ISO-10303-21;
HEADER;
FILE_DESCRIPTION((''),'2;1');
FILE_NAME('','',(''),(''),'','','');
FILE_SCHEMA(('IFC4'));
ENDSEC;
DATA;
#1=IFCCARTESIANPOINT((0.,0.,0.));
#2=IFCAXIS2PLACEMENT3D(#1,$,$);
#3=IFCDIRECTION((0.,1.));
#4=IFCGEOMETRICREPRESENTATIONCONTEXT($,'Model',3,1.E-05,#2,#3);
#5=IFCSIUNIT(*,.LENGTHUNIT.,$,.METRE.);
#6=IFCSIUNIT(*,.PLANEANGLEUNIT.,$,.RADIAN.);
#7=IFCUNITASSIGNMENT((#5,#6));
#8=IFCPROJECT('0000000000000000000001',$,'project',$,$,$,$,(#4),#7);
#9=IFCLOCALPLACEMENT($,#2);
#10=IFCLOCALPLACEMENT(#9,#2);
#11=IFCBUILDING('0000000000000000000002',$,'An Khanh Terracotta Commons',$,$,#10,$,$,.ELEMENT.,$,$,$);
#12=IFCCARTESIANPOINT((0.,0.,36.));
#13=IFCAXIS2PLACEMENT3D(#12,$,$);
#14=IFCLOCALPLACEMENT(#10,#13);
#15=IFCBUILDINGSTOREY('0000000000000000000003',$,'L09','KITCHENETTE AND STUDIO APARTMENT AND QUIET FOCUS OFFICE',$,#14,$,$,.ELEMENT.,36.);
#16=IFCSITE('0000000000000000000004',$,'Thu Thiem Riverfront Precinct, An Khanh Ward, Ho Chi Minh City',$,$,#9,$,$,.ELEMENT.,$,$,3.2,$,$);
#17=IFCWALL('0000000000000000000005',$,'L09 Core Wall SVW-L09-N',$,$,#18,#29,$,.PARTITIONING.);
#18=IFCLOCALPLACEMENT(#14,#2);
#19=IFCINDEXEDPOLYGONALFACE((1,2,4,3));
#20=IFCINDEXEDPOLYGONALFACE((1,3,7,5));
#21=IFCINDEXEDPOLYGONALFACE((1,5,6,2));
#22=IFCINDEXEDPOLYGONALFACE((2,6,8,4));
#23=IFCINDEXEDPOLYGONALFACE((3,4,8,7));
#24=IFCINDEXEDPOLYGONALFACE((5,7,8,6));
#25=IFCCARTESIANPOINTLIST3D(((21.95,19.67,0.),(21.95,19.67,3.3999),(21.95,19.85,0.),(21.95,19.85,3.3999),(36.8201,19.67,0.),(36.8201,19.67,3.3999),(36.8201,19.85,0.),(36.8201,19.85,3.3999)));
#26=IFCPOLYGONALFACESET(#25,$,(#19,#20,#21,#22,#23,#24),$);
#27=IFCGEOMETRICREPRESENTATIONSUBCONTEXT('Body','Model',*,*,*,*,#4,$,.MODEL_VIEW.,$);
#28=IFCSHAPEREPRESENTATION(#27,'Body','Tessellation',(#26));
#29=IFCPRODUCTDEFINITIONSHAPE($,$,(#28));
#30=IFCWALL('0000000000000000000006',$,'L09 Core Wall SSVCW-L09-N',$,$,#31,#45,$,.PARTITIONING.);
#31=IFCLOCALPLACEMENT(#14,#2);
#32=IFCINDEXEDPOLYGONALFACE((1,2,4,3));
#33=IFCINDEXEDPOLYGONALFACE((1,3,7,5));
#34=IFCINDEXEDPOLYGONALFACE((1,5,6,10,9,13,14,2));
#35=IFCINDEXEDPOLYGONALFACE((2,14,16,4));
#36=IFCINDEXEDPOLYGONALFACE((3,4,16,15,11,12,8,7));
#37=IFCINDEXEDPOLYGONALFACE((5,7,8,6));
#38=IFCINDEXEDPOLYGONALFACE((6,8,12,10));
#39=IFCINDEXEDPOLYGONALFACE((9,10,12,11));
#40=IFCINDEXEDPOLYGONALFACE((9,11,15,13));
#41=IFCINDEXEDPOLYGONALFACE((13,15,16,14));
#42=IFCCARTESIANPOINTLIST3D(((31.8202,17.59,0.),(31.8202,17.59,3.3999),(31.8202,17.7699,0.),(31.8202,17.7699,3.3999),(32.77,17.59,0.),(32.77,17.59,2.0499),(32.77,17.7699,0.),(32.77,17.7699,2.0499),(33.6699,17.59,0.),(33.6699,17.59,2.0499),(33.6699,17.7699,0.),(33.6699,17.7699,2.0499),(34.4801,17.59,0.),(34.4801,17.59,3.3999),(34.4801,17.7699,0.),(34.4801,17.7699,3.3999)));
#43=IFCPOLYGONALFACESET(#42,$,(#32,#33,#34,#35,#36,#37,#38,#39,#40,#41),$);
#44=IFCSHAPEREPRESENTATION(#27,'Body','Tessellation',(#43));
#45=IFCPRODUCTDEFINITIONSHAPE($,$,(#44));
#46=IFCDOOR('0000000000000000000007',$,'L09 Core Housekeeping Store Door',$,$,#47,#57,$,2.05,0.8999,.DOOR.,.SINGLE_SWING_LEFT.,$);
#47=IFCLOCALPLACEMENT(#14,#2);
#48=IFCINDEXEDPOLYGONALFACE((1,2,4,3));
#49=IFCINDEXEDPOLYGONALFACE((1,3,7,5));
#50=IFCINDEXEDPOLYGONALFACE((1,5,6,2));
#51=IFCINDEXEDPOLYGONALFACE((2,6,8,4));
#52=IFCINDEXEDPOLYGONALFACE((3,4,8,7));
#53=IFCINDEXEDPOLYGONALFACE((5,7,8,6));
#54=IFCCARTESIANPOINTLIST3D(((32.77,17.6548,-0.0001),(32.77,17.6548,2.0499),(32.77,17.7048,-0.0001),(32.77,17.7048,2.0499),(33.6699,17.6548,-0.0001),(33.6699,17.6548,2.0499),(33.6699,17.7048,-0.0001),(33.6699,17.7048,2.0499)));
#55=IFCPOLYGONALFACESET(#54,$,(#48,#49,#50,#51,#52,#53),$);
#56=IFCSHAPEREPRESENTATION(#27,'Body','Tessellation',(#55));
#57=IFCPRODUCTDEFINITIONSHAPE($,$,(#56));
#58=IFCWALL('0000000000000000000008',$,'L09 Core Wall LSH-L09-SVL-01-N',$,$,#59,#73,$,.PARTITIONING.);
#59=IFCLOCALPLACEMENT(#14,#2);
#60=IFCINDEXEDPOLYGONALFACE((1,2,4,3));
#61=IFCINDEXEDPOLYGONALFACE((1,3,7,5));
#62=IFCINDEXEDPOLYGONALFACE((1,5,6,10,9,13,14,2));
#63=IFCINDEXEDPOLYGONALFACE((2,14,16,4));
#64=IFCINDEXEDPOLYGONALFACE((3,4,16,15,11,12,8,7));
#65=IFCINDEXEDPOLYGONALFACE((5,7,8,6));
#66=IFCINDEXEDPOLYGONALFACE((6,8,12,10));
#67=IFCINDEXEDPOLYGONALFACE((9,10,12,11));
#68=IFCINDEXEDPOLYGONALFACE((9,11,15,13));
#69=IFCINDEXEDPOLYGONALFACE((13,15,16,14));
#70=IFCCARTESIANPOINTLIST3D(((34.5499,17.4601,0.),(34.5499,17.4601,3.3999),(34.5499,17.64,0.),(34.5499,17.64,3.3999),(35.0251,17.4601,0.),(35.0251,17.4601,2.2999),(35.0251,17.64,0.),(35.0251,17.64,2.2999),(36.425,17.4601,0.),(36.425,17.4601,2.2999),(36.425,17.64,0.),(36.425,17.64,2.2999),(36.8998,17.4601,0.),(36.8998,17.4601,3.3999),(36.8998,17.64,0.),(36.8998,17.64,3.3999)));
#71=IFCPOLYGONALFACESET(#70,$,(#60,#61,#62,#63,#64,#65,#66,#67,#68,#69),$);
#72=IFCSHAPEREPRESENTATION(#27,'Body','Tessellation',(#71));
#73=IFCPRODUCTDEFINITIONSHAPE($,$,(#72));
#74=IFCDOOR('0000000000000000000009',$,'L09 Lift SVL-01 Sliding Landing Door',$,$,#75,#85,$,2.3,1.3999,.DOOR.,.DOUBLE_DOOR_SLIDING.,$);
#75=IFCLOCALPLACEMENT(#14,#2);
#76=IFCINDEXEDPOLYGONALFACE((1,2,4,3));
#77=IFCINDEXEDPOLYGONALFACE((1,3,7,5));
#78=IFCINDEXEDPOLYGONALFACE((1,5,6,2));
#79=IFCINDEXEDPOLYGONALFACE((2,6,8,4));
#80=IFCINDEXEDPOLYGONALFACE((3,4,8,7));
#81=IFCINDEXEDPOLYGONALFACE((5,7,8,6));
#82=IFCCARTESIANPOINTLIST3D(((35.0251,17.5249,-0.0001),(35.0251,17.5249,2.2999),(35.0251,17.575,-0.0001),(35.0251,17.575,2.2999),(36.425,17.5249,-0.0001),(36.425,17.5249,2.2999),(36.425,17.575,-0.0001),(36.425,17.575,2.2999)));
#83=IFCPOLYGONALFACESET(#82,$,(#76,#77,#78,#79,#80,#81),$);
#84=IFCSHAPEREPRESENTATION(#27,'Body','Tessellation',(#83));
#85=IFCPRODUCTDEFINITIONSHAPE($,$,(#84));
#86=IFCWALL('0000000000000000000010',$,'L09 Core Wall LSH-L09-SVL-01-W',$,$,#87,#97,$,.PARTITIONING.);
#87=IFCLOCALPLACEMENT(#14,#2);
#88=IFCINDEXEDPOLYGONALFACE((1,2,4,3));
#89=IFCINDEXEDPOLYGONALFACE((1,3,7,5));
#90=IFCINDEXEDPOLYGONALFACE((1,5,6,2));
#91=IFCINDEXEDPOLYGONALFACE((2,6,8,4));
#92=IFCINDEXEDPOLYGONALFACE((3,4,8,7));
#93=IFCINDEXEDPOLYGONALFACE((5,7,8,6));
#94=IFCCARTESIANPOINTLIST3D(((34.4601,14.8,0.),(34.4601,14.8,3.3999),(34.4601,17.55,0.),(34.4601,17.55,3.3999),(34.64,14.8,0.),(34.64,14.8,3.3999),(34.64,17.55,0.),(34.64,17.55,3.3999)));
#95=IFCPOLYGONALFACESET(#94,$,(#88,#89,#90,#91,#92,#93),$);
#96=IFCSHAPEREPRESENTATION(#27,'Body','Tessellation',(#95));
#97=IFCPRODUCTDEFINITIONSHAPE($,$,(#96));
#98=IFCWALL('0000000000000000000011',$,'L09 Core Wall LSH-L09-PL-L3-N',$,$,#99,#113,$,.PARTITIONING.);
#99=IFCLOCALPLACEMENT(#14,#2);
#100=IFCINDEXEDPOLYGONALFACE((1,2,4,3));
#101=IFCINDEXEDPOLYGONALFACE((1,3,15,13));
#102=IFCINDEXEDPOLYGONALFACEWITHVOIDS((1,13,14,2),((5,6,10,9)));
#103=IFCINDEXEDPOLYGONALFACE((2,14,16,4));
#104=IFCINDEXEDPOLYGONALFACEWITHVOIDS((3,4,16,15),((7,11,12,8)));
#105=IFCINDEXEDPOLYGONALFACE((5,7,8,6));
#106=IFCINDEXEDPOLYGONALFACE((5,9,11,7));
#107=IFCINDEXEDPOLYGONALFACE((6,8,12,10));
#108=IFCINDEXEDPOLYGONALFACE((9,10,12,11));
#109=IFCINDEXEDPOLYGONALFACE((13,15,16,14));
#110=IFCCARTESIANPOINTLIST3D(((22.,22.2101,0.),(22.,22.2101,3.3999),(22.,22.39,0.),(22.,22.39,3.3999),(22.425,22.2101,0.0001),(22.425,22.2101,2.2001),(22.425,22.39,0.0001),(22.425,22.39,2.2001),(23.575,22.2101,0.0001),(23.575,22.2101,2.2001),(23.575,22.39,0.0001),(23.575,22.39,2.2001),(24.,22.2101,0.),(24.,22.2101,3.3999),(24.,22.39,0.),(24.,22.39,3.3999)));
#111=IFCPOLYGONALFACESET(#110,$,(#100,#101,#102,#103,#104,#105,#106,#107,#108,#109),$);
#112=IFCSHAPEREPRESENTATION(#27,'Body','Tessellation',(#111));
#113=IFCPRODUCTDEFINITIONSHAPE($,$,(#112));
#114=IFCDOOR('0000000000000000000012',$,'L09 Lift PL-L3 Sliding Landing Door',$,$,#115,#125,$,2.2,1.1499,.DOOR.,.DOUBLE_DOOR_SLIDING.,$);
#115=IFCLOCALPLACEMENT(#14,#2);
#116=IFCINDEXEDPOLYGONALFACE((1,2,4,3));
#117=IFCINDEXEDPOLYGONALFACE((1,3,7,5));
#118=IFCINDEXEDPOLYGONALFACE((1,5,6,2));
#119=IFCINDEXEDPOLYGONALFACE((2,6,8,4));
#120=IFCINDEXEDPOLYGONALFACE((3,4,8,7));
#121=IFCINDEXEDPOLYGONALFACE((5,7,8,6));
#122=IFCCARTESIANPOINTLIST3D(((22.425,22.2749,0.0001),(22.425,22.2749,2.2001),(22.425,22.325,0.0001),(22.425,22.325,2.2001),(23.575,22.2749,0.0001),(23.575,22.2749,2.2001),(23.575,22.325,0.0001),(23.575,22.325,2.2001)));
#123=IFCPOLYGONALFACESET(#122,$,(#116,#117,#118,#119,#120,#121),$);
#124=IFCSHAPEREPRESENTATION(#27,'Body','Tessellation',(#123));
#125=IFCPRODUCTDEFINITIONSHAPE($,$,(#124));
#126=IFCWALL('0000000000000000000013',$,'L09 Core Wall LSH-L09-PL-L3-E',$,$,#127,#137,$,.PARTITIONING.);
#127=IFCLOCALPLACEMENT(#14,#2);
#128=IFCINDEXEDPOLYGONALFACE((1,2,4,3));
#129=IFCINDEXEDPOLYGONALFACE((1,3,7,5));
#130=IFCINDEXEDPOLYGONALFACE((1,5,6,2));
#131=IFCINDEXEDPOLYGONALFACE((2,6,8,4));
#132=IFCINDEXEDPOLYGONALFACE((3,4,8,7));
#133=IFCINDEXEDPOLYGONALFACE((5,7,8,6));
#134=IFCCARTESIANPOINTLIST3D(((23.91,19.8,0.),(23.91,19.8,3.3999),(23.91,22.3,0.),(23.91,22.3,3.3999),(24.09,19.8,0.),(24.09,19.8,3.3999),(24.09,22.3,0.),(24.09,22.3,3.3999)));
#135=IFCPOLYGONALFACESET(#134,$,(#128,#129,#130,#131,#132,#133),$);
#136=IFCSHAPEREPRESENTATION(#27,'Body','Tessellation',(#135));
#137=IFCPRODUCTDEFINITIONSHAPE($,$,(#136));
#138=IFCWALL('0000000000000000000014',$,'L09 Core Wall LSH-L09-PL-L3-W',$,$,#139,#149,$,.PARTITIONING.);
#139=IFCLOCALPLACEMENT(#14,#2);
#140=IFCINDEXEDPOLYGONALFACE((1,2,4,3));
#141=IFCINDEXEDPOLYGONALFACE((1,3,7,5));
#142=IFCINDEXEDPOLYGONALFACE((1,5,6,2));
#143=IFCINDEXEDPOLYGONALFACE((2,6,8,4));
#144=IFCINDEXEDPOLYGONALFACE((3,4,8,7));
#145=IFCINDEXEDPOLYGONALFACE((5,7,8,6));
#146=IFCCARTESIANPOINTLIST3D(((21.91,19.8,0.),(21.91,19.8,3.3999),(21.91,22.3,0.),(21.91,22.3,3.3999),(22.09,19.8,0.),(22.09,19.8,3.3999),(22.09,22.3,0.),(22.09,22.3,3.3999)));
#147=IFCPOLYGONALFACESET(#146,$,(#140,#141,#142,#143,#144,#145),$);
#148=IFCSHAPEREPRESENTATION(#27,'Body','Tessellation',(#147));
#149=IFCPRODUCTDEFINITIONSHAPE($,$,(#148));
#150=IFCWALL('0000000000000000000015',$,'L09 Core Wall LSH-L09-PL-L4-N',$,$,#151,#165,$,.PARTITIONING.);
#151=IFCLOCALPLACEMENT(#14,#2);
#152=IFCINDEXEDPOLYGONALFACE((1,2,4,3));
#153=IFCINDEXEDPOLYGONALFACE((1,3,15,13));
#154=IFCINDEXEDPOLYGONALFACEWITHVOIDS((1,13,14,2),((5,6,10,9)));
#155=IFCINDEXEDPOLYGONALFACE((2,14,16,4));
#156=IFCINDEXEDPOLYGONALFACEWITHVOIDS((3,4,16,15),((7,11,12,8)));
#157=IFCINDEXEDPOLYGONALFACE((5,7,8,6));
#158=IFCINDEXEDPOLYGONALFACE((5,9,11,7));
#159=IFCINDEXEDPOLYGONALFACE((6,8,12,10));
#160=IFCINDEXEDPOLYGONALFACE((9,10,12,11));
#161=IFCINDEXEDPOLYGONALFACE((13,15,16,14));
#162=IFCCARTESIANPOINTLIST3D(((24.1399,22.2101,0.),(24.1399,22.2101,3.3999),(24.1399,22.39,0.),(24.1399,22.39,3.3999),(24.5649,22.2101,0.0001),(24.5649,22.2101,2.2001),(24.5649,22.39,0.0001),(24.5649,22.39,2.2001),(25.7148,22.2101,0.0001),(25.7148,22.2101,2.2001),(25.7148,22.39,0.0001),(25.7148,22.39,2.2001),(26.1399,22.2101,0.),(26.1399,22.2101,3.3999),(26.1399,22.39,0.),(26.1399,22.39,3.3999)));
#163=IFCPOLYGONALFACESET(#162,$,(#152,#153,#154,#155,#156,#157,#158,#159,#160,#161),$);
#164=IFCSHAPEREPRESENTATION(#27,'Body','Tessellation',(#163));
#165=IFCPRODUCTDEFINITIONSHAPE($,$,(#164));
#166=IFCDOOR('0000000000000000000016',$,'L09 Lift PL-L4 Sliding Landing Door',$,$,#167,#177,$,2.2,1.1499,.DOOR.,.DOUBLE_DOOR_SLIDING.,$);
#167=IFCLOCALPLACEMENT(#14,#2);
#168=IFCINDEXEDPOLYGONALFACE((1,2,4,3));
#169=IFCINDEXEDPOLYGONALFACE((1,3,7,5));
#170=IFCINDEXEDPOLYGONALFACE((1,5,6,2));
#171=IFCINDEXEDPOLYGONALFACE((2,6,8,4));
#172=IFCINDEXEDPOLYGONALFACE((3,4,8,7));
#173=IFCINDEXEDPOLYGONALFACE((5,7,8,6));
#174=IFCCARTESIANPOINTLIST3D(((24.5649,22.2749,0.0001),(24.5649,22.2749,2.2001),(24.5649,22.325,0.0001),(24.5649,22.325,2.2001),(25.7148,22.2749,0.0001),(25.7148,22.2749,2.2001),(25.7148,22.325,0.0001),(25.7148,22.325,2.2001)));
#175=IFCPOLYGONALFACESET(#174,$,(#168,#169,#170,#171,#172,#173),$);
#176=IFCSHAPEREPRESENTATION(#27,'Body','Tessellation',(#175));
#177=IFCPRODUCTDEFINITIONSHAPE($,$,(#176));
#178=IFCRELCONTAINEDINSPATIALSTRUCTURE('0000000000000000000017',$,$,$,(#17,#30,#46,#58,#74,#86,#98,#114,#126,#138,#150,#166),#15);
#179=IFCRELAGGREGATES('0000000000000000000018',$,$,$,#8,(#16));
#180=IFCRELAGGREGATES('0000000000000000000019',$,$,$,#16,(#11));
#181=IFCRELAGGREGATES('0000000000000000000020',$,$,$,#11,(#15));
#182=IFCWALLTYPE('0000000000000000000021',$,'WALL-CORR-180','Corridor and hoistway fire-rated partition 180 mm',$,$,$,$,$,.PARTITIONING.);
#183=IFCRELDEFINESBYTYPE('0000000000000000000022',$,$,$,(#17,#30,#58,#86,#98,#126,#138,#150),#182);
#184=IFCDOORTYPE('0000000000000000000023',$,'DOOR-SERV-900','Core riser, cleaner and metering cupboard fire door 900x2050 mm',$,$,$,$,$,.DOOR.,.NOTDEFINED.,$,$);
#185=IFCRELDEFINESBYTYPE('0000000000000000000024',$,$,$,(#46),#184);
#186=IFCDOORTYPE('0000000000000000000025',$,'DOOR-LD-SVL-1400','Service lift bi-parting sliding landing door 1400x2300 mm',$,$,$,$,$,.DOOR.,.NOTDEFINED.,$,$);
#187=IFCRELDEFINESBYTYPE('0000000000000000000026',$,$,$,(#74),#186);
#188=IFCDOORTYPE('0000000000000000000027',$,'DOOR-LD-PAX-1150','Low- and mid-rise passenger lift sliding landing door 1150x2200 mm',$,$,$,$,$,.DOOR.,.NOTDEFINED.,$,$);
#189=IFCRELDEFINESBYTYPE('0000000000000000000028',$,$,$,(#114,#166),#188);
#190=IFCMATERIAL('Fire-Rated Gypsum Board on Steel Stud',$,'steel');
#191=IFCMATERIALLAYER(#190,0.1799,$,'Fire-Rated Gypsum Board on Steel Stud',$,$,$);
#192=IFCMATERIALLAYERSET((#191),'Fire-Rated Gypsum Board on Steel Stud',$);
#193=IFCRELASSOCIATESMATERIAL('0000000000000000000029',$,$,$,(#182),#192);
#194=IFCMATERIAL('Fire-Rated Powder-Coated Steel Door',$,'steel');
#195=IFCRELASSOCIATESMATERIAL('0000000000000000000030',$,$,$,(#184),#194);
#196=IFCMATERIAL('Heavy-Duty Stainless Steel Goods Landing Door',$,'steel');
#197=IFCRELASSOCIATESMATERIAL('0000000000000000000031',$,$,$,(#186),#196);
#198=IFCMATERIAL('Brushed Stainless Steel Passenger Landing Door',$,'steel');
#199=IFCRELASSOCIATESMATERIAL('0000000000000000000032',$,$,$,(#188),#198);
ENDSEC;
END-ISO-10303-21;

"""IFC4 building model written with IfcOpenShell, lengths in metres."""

from ifc_helpers import new_model, si_unit, direction, frame, frame_2d, origin, place, context, subcontext, project, spatial, rectangle, extrude, material, layer, layer_set, type_object, element, fill, save


model = new_model("IFC4")

# Units and contexts
model_context = context("Model", 3, precision=1e-05, world=origin(), true_north=direction((0.0, 1.0)))
body_context = subcontext(model_context, "Body", "Model", "MODEL_VIEW")
ifc_project = project(units=[si_unit("LENGTHUNIT", "METRE"), si_unit("PLANEANGLEUNIT", "RADIAN")], contexts=[model_context])

# Site, building, storey
site_placement = place(None, origin())
site = spatial("IfcSite", under=ifc_project, at=site_placement, Name="Thu Thiem Riverfront Precinct, An Khanh Ward, Ho Chi Minh City", CompositionType="ELEMENT", RefElevation=3.2)
building_placement = place(site_placement, origin())
building = spatial("IfcBuilding", under=site, at=building_placement, Name="An Khanh Terracotta Commons", CompositionType="ELEMENT")
storey_placement = place(building_placement, frame((0.0, 0.0, 36.0)))
storey = spatial("IfcBuildingStorey", under=building, at=storey_placement, Name="L09", Description="KITCHENETTE AND STUDIO APARTMENT AND QUIET FOCUS OFFICE", CompositionType="ELEMENT", Elevation=36.0)

# Wall
ifc_material_1 = material(Name="Fire-Rated Gypsum Board on Steel Stud", Category="steel")
ifc_layer_1 = layer(ifc_material_1, 0.1799, Name="Fire-Rated Gypsum Board on Steel Stud")
ifc_layer_set_1 = layer_set([ifc_layer_1], Name="Fire-Rated Gypsum Board on Steel Stud")
wall_type_1 = type_object("IfcWallType", Name="WALL-CORR-180", Description="Corridor and hoistway fire-rated partition 180 mm", PredefinedType="PARTITIONING", material=ifc_layer_set_1)
wall_1_placement = place(storey_placement, frame((21.95, 19.76, 0.0), z_axis=(0.0, 0.0, 1.0), x_axis=(1.0, 0.0, 0.0)))
element("IfcWall", 1, at=wall_1_placement, inside=storey, type_object=wall_type_1, Name="L09 Core Wall SVW-L09-N", PredefinedType="PARTITIONING", context=body_context, shape_type="SweptSolid", body=[
    extrude(rectangle(XDim=14.8701, YDim=0.1799, at=frame_2d((7.4351, 0.0))), origin(), (0.0, 0.0, 1.0), 3.3999),
])

# Walls, openings, doors
wall_2_placement = place(storey_placement, frame((31.8201, 17.6799, 0.0), z_axis=(0.0, 0.0, 1.0), x_axis=(1.0, 0.0, 0.0)))
wall_2 = element("IfcWall", 2, at=wall_2_placement, inside=storey, type_object=wall_type_1, Name="L09 Core Wall SSVCW-L09-N", PredefinedType="PARTITIONING", context=body_context, shape_type="SweptSolid", body=[
    extrude(rectangle(XDim=2.6599, YDim=0.1799, at=frame_2d((1.3301, 0.0))), origin(), (0.0, 0.0, 1.0), 3.3999),
])
opening_1_placement = place(wall_2_placement, frame((0.95, 0.0, 0.0)))
opening_1 = element("IfcOpeningElement", 3, at=opening_1_placement, cuts=wall_2, PredefinedType="OPENING", context=body_context, shape_type="SweptSolid", body=[
    extrude(rectangle(XDim=0.8999, YDim=2.05, at=frame_2d((0.45, 1.0249))), frame((0.0, 0.0999, 0.0), z_axis=(0.0, -1.0, 0.0), x_axis=(1.0, 0.0, 0.0)), (0.0, 0.0, 1.0), 0.2),
])
ifc_material_2 = material(Name="Fire-Rated Powder-Coated Steel Door", Category="steel")
door_type_1 = type_object("IfcDoorType", Name="DOOR-SERV-900", Description="Core riser, cleaner and metering cupboard fire door 900x2050 mm", OperationType="NOTDEFINED", PredefinedType="DOOR", material=ifc_material_2)
door_1_placement = place(opening_1_placement, origin())
door_1 = element("IfcDoor", 4, at=door_1_placement, inside=storey, type_object=door_type_1, Name="L09 Core Housekeeping Store Door", OperationType="SINGLE_SWING_LEFT", OverallHeight=2.05, OverallWidth=0.8999, PredefinedType="DOOR", context=body_context, shape_type="SweptSolid", body=[
    extrude(rectangle(XDim=0.8999, YDim=2.05, at=frame_2d((0.45, 1.0249))), frame((0.0, 0.0249, 0.0), z_axis=(0.0, -1.0, 0.0), x_axis=(1.0, 0.0, 0.0)), (0.0, 0.0, 1.0), 0.05),
])
fill(opening_1, door_1)
wall_3_placement = place(storey_placement, frame((34.55, 17.55, 0.0), z_axis=(0.0, 0.0, 1.0), x_axis=(1.0, 0.0, 0.0)))
wall_3 = element("IfcWall", 5, at=wall_3_placement, inside=storey, type_object=wall_type_1, Name="L09 Core Wall LSH-L09-SVL-01-N", PredefinedType="PARTITIONING", context=body_context, shape_type="SweptSolid", body=[
    extrude(rectangle(XDim=2.3499, YDim=0.1799, at=frame_2d((1.1748, 0.0))), origin(), (0.0, 0.0, 1.0), 3.3999),
])
opening_2_placement = place(wall_3_placement, frame((0.4751, 0.0, 0.0)))
opening_2 = element("IfcOpeningElement", 6, at=opening_2_placement, cuts=wall_3, PredefinedType="OPENING", context=body_context, shape_type="SweptSolid", body=[
    extrude(rectangle(XDim=1.3999, YDim=2.3, at=frame_2d((0.7, 1.1499))), frame((0.0, 0.0999, 0.0), z_axis=(0.0, -1.0, 0.0), x_axis=(1.0, 0.0, 0.0)), (0.0, 0.0, 1.0), 0.2),
])
ifc_material_3 = material(Name="Heavy-Duty Stainless Steel Goods Landing Door", Category="steel")
door_type_2 = type_object("IfcDoorType", Name="DOOR-LD-SVL-1400", Description="Service lift bi-parting sliding landing door 1400x2300 mm", OperationType="NOTDEFINED", PredefinedType="DOOR", material=ifc_material_3)
door_2_placement = place(opening_2_placement, origin())
door_2 = element("IfcDoor", 7, at=door_2_placement, inside=storey, type_object=door_type_2, Name="L09 Lift SVL-01 Sliding Landing Door", OperationType="DOUBLE_DOOR_SLIDING", OverallHeight=2.3, OverallWidth=1.3999, PredefinedType="DOOR", context=body_context, shape_type="SweptSolid", body=[
    extrude(rectangle(XDim=1.3999, YDim=2.3, at=frame_2d((0.7, 1.1499))), frame((0.0, 0.0249, 0.0), z_axis=(0.0, -1.0, 0.0), x_axis=(1.0, 0.0, 0.0)), (0.0, 0.0, 1.0), 0.05),
])
fill(opening_2, door_2)

# Wall
wall_4_placement = place(storey_placement, frame((34.55, 17.55, 0.0), z_axis=(0.0, 0.0, 1.0), x_axis=(0.0, -1.0, 0.0)))
element("IfcWall", 8, at=wall_4_placement, inside=storey, type_object=wall_type_1, Name="L09 Core Wall LSH-L09-SVL-01-W", PredefinedType="PARTITIONING", context=body_context, shape_type="SweptSolid", body=[
    extrude(rectangle(XDim=2.75, YDim=0.1799, at=frame_2d((1.375, 0.0))), origin(), (0.0, 0.0, 1.0), 3.3999),
])

# Wall, opening, door
wall_5_placement = place(storey_placement, frame((22.0, 22.3, 0.0), z_axis=(0.0, 0.0, 1.0), x_axis=(1.0, 0.0, 0.0)))
wall_5 = element("IfcWall", 9, at=wall_5_placement, inside=storey, type_object=wall_type_1, Name="L09 Core Wall LSH-L09-PL-L3-N", PredefinedType="PARTITIONING", context=body_context, shape_type="SweptSolid", body=[
    extrude(rectangle(XDim=2.0, YDim=0.1799, at=frame_2d((1.0, 0.0))), origin(), (0.0, 0.0, 1.0), 3.3999),
])
opening_3_placement = place(wall_5_placement, frame((0.425, 0.0, 0.0)))
opening_3 = element("IfcOpeningElement", 10, at=opening_3_placement, cuts=wall_5, PredefinedType="OPENING", context=body_context, shape_type="SweptSolid", body=[
    extrude(rectangle(XDim=1.1499, YDim=2.2, at=frame_2d((0.575, 1.1001))), frame((0.0, 0.0999, 0.0), z_axis=(0.0, -1.0, 0.0), x_axis=(1.0, 0.0, 0.0)), (0.0, 0.0, 1.0), 0.2),
])
ifc_material_4 = material(Name="Brushed Stainless Steel Passenger Landing Door", Category="steel")
door_type_3 = type_object("IfcDoorType", Name="DOOR-LD-PAX-1150", Description="Low- and mid-rise passenger lift sliding landing door 1150x2200 mm", OperationType="NOTDEFINED", PredefinedType="DOOR", material=ifc_material_4)
door_3_placement = place(opening_3_placement, origin())
door_3 = element("IfcDoor", 11, at=door_3_placement, inside=storey, type_object=door_type_3, Name="L09 Lift PL-L3 Sliding Landing Door", OperationType="DOUBLE_DOOR_SLIDING", OverallHeight=2.2, OverallWidth=1.1499, PredefinedType="DOOR", context=body_context, shape_type="SweptSolid", body=[
    extrude(rectangle(XDim=1.1499, YDim=2.2, at=frame_2d((0.575, 1.1001))), frame((0.0, 0.0249, 0.0), z_axis=(0.0, -1.0, 0.0), x_axis=(1.0, 0.0, 0.0)), (0.0, 0.0, 1.0), 0.05),
])
fill(opening_3, door_3)

# Walls
for number, where, z_axis, x_axis, name in (
    (12, (24.0, 19.8, 0.0), (0.0, 0.0, 1.0), (0.0, 1.0, 0.0), "L09 Core Wall LSH-L09-PL-L3-E"),
    (13, (22.0, 22.3, 0.0), (0.0, 0.0, 1.0), (0.0, -1.0, 0.0), "L09 Core Wall LSH-L09-PL-L3-W"),
):
    element("IfcWall", number, at=place(storey_placement, frame(where, z_axis=z_axis, x_axis=x_axis)), inside=storey, type_object=wall_type_1, Name=name, PredefinedType="PARTITIONING", context=body_context, shape_type="SweptSolid", body=[
        extrude(rectangle(XDim=2.5, YDim=0.1799, at=frame_2d((1.25, 0.0))), origin(), (0.0, 0.0, 1.0), 3.3999),
    ])

# Wall, opening, door
wall_6_placement = place(storey_placement, frame((24.1399, 22.3, 0.0), z_axis=(0.0, 0.0, 1.0), x_axis=(1.0, 0.0, 0.0)))
wall_6 = element("IfcWall", 14, at=wall_6_placement, inside=storey, type_object=wall_type_1, Name="L09 Core Wall LSH-L09-PL-L4-N", PredefinedType="PARTITIONING", context=body_context, shape_type="SweptSolid", body=[
    extrude(rectangle(XDim=2.0, YDim=0.1799, at=frame_2d((1.0, 0.0))), origin(), (0.0, 0.0, 1.0), 3.3999),
])
opening_4_placement = place(wall_6_placement, frame((0.425, 0.0, 0.0)))
opening_4 = element("IfcOpeningElement", 15, at=opening_4_placement, cuts=wall_6, PredefinedType="OPENING", context=body_context, shape_type="SweptSolid", body=[
    extrude(rectangle(XDim=1.1499, YDim=2.2, at=frame_2d((0.575, 1.1001))), frame((0.0, 0.0999, 0.0), z_axis=(0.0, -1.0, 0.0), x_axis=(1.0, 0.0, 0.0)), (0.0, 0.0, 1.0), 0.2),
])
door_4_placement = place(opening_4_placement, origin())
door_4 = element("IfcDoor", 16, at=door_4_placement, inside=storey, type_object=door_type_3, Name="L09 Lift PL-L4 Sliding Landing Door", OperationType="DOUBLE_DOOR_SLIDING", OverallHeight=2.2, OverallWidth=1.1499, PredefinedType="DOOR", context=body_context, shape_type="SweptSolid", body=[
    extrude(rectangle(XDim=1.1499, YDim=2.2, at=frame_2d((0.575, 1.1001))), frame((0.0, 0.0249, 0.0), z_axis=(0.0, -1.0, 0.0), x_axis=(1.0, 0.0, 0.0)), (0.0, 0.0, 1.0), 0.05),
])
fill(opening_4, door_4)

save(model, "model.ifc")
